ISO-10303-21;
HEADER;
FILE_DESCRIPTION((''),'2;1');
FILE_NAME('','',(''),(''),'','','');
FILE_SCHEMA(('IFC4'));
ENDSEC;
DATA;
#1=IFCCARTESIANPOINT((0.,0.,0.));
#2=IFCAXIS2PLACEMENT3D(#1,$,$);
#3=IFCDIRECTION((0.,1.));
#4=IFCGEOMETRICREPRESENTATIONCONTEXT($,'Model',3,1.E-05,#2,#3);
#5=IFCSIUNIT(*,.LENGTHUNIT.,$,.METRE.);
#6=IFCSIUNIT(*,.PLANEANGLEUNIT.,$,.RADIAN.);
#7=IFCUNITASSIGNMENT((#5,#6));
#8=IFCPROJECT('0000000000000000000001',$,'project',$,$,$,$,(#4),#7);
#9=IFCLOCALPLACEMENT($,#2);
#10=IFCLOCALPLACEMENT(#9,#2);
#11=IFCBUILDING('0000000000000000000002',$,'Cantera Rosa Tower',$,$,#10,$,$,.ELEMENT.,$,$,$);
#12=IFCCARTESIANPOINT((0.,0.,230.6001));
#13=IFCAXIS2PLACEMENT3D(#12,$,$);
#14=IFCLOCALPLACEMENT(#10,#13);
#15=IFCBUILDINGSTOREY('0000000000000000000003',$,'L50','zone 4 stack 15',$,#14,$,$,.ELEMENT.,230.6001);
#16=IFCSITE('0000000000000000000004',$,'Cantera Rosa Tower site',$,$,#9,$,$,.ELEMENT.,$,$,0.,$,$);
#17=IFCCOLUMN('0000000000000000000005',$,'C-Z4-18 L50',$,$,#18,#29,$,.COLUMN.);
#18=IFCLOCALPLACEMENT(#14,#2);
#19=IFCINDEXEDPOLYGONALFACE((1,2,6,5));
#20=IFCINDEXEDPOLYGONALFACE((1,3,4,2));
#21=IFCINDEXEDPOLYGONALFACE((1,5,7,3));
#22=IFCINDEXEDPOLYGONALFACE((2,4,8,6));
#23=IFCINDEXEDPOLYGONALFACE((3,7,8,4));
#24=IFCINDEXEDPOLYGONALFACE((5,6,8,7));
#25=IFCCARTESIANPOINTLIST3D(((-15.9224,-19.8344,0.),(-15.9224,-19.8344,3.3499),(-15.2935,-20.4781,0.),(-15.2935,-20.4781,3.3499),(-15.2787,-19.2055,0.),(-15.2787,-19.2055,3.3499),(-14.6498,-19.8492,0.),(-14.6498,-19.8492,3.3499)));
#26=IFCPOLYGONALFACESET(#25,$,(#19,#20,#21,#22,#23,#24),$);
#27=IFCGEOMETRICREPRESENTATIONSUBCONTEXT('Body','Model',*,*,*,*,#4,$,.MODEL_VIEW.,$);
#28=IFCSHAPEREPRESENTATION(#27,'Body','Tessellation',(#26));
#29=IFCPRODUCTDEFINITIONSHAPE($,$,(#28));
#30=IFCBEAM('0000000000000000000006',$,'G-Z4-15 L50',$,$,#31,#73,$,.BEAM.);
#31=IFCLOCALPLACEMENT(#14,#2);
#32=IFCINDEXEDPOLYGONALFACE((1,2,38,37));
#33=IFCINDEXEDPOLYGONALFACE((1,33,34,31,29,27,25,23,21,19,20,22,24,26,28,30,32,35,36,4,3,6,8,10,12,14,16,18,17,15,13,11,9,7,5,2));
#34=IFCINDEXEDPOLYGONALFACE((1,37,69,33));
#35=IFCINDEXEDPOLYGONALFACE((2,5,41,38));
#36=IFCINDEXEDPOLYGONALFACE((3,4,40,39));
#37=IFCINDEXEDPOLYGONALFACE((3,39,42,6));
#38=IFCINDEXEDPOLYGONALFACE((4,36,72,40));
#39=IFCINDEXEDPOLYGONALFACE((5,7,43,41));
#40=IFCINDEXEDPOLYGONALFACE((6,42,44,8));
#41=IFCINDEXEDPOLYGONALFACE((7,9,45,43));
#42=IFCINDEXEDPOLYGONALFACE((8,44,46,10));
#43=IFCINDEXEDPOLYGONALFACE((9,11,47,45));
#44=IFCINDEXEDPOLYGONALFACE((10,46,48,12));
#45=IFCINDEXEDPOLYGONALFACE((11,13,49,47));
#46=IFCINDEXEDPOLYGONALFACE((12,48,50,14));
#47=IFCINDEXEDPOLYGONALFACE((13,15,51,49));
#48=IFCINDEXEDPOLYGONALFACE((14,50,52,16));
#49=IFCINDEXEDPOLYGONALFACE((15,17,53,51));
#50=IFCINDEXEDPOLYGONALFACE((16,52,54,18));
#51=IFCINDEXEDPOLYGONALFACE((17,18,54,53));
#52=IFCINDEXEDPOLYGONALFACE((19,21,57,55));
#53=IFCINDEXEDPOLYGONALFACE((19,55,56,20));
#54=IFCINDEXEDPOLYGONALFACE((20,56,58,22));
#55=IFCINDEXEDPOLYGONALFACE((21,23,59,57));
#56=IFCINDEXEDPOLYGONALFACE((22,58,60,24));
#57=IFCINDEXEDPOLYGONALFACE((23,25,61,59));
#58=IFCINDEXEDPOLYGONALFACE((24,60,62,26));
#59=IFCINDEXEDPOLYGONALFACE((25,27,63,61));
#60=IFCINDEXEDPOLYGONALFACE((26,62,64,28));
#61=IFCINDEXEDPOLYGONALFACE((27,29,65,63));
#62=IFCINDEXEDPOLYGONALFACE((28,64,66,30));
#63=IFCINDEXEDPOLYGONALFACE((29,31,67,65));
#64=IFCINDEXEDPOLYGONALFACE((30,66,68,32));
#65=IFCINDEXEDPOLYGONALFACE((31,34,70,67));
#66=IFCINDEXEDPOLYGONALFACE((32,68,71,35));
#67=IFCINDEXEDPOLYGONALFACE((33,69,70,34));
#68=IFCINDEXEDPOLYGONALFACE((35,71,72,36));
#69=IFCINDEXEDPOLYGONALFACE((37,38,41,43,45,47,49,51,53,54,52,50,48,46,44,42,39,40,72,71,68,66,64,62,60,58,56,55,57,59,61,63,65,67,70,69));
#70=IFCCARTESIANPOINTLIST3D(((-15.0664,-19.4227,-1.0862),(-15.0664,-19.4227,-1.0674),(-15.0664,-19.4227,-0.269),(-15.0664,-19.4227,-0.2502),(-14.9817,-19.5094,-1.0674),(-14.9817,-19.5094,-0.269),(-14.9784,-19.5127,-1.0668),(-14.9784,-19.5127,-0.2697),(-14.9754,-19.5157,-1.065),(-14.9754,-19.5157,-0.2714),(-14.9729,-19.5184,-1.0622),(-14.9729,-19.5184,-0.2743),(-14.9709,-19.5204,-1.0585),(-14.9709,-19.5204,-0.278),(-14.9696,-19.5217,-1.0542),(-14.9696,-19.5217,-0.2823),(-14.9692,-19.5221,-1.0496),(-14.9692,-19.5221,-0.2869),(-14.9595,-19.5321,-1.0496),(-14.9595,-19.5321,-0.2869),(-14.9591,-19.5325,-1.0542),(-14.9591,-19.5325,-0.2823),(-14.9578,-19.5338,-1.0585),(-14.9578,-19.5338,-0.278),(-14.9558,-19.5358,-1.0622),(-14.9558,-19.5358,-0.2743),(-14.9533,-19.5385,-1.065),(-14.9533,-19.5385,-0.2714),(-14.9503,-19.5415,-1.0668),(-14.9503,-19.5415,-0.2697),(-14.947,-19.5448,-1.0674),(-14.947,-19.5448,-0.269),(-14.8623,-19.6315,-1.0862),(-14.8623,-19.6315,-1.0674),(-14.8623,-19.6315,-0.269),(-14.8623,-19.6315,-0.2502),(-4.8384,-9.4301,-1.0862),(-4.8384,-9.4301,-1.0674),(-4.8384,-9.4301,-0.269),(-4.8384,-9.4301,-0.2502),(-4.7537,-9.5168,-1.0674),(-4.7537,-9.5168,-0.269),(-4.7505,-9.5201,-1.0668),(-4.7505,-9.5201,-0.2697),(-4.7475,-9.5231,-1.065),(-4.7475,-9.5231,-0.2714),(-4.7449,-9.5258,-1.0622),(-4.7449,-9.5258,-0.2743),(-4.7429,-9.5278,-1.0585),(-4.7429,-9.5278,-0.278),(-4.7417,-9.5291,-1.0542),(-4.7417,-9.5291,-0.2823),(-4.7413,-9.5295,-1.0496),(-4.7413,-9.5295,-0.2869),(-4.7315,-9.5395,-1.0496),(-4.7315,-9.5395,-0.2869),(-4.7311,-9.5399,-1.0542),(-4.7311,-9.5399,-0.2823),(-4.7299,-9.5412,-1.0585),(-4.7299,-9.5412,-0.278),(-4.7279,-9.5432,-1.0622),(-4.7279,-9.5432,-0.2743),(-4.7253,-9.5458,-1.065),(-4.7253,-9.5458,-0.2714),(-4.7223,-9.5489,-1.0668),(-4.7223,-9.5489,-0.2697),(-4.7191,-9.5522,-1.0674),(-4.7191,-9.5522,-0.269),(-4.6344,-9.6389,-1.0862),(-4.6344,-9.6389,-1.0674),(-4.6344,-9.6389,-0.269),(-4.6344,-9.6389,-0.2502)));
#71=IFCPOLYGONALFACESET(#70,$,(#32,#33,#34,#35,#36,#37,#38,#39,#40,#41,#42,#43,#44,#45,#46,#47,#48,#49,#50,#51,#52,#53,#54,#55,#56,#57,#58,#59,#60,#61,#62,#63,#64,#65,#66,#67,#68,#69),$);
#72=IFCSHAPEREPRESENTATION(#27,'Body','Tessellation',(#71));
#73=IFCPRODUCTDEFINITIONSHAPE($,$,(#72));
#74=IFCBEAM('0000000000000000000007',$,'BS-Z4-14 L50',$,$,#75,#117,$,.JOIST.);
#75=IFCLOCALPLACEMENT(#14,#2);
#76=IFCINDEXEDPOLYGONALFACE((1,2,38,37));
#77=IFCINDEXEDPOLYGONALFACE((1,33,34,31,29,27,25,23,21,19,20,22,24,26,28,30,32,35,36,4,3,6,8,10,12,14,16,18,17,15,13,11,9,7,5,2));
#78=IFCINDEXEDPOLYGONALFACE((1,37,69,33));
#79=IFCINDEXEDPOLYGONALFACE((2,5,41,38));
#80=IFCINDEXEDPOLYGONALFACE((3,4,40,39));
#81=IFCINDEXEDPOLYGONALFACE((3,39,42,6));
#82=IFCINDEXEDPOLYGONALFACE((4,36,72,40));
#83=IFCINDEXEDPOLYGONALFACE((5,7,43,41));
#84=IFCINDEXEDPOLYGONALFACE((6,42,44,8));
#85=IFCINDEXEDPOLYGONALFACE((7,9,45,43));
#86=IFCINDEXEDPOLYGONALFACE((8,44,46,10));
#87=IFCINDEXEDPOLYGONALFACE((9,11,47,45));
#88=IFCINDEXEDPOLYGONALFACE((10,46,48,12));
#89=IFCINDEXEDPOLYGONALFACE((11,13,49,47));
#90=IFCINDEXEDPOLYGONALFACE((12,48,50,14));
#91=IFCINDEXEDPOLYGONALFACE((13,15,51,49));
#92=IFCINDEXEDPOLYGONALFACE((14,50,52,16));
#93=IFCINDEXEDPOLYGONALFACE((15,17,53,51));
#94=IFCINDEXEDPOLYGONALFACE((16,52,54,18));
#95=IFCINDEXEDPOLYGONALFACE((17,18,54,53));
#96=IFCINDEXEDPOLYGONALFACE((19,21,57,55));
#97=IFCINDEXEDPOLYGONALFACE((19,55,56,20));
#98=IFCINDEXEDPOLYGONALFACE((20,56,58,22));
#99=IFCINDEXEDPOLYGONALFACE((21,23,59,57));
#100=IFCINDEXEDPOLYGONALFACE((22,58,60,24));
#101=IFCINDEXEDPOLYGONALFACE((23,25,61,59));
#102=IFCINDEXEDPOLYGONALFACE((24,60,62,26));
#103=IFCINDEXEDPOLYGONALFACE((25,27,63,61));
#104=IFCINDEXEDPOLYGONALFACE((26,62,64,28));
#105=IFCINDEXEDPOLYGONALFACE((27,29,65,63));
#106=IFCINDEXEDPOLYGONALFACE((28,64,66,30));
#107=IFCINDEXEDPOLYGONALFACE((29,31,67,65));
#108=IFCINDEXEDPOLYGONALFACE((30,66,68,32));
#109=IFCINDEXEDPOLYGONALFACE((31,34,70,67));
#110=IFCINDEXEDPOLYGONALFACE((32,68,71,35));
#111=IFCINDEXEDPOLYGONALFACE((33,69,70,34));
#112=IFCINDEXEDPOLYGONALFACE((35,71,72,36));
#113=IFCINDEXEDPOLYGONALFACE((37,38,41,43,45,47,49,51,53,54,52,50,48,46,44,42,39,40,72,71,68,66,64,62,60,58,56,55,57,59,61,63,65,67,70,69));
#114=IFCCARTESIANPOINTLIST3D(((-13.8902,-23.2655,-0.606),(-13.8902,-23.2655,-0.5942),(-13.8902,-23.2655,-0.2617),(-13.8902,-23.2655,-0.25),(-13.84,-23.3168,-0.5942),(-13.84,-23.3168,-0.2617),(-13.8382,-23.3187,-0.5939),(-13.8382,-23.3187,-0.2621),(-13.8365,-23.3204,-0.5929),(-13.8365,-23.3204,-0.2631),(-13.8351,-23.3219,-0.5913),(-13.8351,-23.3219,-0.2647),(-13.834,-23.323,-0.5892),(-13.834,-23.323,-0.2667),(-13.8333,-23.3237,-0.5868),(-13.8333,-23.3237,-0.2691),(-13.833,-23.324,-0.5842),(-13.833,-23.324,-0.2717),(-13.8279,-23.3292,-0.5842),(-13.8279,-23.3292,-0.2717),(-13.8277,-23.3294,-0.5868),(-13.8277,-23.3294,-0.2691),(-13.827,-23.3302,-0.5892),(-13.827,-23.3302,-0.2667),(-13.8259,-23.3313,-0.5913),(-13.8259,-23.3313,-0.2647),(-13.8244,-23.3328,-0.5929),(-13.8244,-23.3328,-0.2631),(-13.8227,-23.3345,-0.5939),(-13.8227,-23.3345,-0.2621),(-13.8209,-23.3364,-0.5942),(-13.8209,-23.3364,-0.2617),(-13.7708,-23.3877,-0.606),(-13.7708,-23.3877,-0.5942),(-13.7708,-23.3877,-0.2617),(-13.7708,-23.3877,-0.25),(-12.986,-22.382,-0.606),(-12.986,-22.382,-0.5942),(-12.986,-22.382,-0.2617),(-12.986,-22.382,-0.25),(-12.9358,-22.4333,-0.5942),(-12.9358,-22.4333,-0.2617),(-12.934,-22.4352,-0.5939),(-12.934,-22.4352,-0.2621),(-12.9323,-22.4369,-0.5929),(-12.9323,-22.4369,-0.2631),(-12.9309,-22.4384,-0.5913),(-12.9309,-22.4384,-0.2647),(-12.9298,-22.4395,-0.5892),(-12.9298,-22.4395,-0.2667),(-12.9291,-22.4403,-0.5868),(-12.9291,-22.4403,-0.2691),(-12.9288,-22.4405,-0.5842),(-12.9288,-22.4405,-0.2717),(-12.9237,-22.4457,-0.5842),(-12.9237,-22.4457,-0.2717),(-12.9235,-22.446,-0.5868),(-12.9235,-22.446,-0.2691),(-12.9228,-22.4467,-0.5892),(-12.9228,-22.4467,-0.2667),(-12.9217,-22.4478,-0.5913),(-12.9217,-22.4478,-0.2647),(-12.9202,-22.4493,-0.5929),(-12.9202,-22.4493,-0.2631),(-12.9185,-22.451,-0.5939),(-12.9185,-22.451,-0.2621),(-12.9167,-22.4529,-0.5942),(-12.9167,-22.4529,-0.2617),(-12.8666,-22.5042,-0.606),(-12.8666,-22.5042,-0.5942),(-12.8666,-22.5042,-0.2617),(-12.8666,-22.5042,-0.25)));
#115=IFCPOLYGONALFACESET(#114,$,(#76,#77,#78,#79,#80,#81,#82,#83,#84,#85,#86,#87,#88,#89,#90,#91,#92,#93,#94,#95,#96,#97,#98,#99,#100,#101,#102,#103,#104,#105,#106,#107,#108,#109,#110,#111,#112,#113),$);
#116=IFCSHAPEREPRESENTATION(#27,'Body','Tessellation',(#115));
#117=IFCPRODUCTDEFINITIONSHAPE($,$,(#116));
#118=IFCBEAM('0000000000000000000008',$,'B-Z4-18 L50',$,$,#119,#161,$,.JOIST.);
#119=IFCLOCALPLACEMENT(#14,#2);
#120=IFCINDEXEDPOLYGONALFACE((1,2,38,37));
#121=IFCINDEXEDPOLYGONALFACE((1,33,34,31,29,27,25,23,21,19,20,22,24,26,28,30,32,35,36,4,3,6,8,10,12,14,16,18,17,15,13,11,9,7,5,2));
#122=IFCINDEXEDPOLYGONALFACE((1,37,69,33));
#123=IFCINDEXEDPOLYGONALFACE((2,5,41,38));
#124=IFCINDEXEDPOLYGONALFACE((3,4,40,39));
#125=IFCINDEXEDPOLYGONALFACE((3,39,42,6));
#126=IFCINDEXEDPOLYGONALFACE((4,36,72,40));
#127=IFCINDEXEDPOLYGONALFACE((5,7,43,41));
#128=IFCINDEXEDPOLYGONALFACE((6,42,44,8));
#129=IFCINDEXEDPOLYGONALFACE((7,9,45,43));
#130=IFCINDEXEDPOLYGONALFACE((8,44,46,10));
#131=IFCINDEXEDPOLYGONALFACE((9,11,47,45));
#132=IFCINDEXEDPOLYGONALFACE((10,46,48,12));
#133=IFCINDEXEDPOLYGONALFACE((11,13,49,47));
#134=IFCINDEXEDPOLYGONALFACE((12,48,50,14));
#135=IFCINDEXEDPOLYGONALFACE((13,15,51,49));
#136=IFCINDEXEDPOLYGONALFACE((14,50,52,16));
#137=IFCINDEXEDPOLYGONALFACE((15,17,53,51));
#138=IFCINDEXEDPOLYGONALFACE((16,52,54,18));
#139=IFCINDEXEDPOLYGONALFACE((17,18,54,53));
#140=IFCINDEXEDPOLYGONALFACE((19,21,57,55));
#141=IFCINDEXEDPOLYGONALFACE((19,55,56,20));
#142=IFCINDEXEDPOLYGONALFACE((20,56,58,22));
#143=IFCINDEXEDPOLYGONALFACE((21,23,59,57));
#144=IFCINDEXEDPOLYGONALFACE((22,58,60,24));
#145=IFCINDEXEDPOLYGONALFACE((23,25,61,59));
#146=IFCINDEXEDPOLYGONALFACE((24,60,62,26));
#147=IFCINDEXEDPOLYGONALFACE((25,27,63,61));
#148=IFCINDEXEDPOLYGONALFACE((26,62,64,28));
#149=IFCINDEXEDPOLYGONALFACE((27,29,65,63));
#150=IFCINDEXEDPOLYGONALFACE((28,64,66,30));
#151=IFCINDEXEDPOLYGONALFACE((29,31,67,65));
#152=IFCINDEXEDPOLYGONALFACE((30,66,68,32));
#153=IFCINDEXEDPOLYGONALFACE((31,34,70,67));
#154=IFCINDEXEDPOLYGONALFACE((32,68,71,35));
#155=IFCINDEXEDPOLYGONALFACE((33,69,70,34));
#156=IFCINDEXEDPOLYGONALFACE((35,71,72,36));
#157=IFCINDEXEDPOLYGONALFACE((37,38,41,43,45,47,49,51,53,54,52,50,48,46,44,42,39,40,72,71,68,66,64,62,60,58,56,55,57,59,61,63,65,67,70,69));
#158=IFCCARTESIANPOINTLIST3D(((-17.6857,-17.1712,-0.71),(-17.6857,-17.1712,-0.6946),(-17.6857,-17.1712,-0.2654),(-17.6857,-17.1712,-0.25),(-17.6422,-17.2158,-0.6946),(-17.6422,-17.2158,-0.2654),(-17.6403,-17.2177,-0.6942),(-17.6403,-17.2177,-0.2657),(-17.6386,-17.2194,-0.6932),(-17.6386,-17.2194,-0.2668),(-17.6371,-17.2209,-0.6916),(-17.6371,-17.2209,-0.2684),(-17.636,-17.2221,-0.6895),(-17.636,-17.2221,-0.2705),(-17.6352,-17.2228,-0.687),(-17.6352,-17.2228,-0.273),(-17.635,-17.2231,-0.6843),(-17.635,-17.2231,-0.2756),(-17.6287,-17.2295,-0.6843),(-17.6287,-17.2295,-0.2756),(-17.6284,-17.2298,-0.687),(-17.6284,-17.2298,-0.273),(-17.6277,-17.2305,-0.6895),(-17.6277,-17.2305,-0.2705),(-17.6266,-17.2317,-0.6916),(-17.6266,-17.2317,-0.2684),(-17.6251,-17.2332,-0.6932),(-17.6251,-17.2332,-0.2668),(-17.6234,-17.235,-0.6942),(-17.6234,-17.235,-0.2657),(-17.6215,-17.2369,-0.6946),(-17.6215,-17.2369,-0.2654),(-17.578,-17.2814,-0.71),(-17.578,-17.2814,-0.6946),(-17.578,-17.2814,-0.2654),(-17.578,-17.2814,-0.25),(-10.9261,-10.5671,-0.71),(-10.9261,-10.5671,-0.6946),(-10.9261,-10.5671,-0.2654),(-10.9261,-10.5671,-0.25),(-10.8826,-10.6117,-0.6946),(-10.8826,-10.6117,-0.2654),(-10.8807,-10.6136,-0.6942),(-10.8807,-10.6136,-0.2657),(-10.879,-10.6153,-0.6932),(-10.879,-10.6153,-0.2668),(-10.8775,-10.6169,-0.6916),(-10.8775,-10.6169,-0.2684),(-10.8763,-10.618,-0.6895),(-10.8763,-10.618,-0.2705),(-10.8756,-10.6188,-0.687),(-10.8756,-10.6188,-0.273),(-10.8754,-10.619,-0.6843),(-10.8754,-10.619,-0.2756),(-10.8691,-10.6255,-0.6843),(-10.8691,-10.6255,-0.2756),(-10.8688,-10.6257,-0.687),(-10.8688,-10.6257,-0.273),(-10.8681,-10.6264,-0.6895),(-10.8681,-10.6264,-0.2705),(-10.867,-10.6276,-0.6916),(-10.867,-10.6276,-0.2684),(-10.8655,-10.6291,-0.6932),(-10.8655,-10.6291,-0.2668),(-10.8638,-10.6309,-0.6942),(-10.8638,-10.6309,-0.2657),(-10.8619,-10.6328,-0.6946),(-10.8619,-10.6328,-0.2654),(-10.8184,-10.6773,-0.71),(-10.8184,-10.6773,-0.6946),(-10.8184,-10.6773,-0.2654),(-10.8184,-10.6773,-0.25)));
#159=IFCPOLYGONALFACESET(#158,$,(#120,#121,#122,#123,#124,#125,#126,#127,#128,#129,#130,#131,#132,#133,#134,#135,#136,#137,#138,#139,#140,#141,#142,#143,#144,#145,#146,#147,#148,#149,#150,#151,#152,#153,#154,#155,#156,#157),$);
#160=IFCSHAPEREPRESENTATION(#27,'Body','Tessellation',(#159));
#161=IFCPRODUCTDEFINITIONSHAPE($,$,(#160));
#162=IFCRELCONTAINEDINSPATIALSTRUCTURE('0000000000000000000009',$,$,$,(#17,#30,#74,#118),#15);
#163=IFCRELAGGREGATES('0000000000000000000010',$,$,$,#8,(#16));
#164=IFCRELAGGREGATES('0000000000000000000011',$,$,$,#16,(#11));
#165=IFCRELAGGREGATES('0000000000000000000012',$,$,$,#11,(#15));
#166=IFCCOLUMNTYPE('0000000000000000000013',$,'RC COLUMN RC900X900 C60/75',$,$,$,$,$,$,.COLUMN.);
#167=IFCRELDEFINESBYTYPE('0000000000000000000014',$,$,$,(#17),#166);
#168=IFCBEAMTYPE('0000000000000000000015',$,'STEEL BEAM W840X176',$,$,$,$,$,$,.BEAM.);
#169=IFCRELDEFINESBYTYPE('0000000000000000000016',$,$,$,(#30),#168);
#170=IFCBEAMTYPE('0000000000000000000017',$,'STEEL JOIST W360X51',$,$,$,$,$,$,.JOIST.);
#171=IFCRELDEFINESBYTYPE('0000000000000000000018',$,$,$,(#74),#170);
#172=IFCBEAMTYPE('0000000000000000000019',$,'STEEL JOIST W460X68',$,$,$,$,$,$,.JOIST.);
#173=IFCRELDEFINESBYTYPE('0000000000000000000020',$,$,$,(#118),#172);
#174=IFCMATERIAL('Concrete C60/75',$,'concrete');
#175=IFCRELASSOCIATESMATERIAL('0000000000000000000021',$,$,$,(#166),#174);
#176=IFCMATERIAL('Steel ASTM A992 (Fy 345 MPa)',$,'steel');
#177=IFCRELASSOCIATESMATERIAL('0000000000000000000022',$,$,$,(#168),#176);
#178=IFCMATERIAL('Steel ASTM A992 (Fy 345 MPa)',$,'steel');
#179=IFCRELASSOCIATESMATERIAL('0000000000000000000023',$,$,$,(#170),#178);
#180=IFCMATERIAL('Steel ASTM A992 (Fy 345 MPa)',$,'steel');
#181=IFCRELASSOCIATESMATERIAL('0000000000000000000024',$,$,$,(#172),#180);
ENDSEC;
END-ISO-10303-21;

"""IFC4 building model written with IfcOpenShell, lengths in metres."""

from ifc_helpers import new_model, si_unit, direction, frame, origin, origin_2d, place, context, subcontext, project, spatial, rectangle, i_section, extrude, material, material_profile, profile_set, type_object, element, save


model = new_model("IFC4")

# Units and contexts
model_context = context("Model", 3, precision=1e-05, world=origin(), true_north=direction((0.0, 1.0)))
body_context = subcontext(model_context, "Body", "Model", "MODEL_VIEW")
ifc_project = project(units=[si_unit("LENGTHUNIT", "METRE"), si_unit("PLANEANGLEUNIT", "RADIAN")], contexts=[model_context])

# Site, building, storey
site_placement = place(None, origin())
site = spatial("IfcSite", under=ifc_project, at=site_placement, Name="Cantera Rosa Tower site", CompositionType="ELEMENT", RefElevation=0.0)
building_placement = place(site_placement, origin())
building = spatial("IfcBuilding", under=site, at=building_placement, Name="Cantera Rosa Tower", CompositionType="ELEMENT")
storey_placement = place(building_placement, frame((0.0, 0.0, 230.6001)))
storey = spatial("IfcBuildingStorey", under=building, at=storey_placement, Name="L50", Description="zone 4 stack 15", CompositionType="ELEMENT", Elevation=230.6001)

# Column
ifc_material_1 = material(Name="Concrete C60/75", Category="concrete")
ifc_material_profile_1 = material_profile(ifc_material_1, rectangle(XDim=0.8999, YDim=0.8999, at=origin_2d()), Name="RC COLUMN RC900X900 C60/75")
ifc_profile_set_1 = profile_set([ifc_material_profile_1], Name="Concrete C60/75")
column_type = type_object("IfcColumnType", Name="RC COLUMN RC900X900 C60/75", PredefinedType="COLUMN", material=ifc_profile_set_1)
column_placement = place(storey_placement, frame((-15.2861, -19.8418, 0.0), z_axis=(0.0, 0.0, 1.0), x_axis=(0.715286, 0.698832, 0.0)))
element("IfcColumn", 1, at=column_placement, inside=storey, type_object=column_type, Name="C-Z4-18 L50", PredefinedType="COLUMN", context=body_context, shape_type="SweptSolid", body=[
    extrude(rectangle(XDim=0.8999, YDim=0.8999, at=origin_2d()), origin(), (0.0, 0.0, 1.0), 3.3499),
])

# Beams
ifc_material_2 = material(Name="Steel ASTM A992 (Fy 345 MPa)", Category="steel")
ifc_material_profile_2 = material_profile(ifc_material_2, i_section(OverallWidth=0.292, OverallDepth=0.8359, WebThickness=0.0139, FlangeThickness=0.0188, FilletRadius=0.0178, at=origin_2d()), Name="W840X176")
ifc_profile_set_2 = profile_set([ifc_material_profile_2], Name="Steel ASTM A992 (Fy 345 MPa)")
beam_type_1 = type_object("IfcBeamType", Name="STEEL BEAM W840X176", PredefinedType="BEAM", material=ifc_profile_set_2)
beam_1_placement = place(storey_placement, frame((-14.9644, -19.5271, -0.6682), z_axis=(0.715288, 0.698829, 0.0), x_axis=(-0.698829, 0.715288, 0.0)))
element("IfcBeam", 2, at=beam_1_placement, inside=storey, type_object=beam_type_1, Name="G-Z4-15 L50", PredefinedType="BEAM", context=body_context, shape_type="SweptSolid", body=[
    extrude(i_section(OverallWidth=0.292, OverallDepth=0.8359, WebThickness=0.0139, FlangeThickness=0.0188, FilletRadius=0.0178, at=origin_2d()), origin(), (0.0, 0.0, 1.0), 14.2991),
])
ifc_material_3 = material(Name="Steel ASTM A992 (Fy 345 MPa)", Category="steel")
ifc_material_profile_3 = material_profile(ifc_material_3, i_section(OverallWidth=0.1709, OverallDepth=0.356, WebThickness=0.0073, FlangeThickness=0.0117, FilletRadius=0.01, at=origin_2d()), Name="W360X51")
ifc_profile_set_3 = profile_set([ifc_material_profile_3], Name="Steel ASTM A992 (Fy 345 MPa)")
beam_type_2 = type_object("IfcBeamType", Name="STEEL JOIST W360X51", PredefinedType="JOIST", material=ifc_profile_set_3)
beam_2_placement = place(storey_placement, frame((-12.9263, -22.4431, -0.428), z_axis=(-0.715266, -0.698852, 0.0), x_axis=(0.698852, -0.715266, 0.0)))
element("IfcBeam", 3, at=beam_2_placement, inside=storey, type_object=beam_type_2, Name="BS-Z4-14 L50", PredefinedType="JOIST", context=body_context, shape_type="SweptSolid", body=[
    extrude(i_section(OverallWidth=0.1709, OverallDepth=0.356, WebThickness=0.0073, FlangeThickness=0.0117, FilletRadius=0.01, at=origin_2d()), origin(), (0.0, 0.0, 1.0), 1.2642),
])
ifc_material_4 = material(Name="Steel ASTM A992 (Fy 345 MPa)", Category="steel")
ifc_material_profile_4 = material_profile(ifc_material_4, i_section(OverallWidth=0.1541, OverallDepth=0.46, WebThickness=0.009, FlangeThickness=0.0154, FilletRadius=0.0103, at=origin_2d()), Name="W460X68")
ifc_profile_set_4 = profile_set([ifc_material_profile_4], Name="Steel ASTM A992 (Fy 345 MPa)")
beam_type_3 = type_object("IfcBeamType", Name="STEEL JOIST W460X68", PredefinedType="JOIST", material=ifc_profile_set_4)
for number, where, z_axis, x_axis, name in (
    (4, (-17.6318, -17.2263, -0.48), (0.715287, 0.698831, 0.0), (-0.698831, 0.715287, 0.0), "B-Z4-18 L50"),
):
    element("IfcBeam", number, at=place(storey_placement, frame(where, z_axis=z_axis, x_axis=x_axis)), inside=storey, type_object=beam_type_3, Name=name, PredefinedType="JOIST", context=body_context, shape_type="SweptSolid", body=[
        extrude(i_section(OverallWidth=0.1541, OverallDepth=0.46, WebThickness=0.009, FlangeThickness=0.0154, FilletRadius=0.0103, at=origin_2d()), origin(), (0.0, 0.0, 1.0), 9.4502),
    ])

save(model, "model.ifc")
